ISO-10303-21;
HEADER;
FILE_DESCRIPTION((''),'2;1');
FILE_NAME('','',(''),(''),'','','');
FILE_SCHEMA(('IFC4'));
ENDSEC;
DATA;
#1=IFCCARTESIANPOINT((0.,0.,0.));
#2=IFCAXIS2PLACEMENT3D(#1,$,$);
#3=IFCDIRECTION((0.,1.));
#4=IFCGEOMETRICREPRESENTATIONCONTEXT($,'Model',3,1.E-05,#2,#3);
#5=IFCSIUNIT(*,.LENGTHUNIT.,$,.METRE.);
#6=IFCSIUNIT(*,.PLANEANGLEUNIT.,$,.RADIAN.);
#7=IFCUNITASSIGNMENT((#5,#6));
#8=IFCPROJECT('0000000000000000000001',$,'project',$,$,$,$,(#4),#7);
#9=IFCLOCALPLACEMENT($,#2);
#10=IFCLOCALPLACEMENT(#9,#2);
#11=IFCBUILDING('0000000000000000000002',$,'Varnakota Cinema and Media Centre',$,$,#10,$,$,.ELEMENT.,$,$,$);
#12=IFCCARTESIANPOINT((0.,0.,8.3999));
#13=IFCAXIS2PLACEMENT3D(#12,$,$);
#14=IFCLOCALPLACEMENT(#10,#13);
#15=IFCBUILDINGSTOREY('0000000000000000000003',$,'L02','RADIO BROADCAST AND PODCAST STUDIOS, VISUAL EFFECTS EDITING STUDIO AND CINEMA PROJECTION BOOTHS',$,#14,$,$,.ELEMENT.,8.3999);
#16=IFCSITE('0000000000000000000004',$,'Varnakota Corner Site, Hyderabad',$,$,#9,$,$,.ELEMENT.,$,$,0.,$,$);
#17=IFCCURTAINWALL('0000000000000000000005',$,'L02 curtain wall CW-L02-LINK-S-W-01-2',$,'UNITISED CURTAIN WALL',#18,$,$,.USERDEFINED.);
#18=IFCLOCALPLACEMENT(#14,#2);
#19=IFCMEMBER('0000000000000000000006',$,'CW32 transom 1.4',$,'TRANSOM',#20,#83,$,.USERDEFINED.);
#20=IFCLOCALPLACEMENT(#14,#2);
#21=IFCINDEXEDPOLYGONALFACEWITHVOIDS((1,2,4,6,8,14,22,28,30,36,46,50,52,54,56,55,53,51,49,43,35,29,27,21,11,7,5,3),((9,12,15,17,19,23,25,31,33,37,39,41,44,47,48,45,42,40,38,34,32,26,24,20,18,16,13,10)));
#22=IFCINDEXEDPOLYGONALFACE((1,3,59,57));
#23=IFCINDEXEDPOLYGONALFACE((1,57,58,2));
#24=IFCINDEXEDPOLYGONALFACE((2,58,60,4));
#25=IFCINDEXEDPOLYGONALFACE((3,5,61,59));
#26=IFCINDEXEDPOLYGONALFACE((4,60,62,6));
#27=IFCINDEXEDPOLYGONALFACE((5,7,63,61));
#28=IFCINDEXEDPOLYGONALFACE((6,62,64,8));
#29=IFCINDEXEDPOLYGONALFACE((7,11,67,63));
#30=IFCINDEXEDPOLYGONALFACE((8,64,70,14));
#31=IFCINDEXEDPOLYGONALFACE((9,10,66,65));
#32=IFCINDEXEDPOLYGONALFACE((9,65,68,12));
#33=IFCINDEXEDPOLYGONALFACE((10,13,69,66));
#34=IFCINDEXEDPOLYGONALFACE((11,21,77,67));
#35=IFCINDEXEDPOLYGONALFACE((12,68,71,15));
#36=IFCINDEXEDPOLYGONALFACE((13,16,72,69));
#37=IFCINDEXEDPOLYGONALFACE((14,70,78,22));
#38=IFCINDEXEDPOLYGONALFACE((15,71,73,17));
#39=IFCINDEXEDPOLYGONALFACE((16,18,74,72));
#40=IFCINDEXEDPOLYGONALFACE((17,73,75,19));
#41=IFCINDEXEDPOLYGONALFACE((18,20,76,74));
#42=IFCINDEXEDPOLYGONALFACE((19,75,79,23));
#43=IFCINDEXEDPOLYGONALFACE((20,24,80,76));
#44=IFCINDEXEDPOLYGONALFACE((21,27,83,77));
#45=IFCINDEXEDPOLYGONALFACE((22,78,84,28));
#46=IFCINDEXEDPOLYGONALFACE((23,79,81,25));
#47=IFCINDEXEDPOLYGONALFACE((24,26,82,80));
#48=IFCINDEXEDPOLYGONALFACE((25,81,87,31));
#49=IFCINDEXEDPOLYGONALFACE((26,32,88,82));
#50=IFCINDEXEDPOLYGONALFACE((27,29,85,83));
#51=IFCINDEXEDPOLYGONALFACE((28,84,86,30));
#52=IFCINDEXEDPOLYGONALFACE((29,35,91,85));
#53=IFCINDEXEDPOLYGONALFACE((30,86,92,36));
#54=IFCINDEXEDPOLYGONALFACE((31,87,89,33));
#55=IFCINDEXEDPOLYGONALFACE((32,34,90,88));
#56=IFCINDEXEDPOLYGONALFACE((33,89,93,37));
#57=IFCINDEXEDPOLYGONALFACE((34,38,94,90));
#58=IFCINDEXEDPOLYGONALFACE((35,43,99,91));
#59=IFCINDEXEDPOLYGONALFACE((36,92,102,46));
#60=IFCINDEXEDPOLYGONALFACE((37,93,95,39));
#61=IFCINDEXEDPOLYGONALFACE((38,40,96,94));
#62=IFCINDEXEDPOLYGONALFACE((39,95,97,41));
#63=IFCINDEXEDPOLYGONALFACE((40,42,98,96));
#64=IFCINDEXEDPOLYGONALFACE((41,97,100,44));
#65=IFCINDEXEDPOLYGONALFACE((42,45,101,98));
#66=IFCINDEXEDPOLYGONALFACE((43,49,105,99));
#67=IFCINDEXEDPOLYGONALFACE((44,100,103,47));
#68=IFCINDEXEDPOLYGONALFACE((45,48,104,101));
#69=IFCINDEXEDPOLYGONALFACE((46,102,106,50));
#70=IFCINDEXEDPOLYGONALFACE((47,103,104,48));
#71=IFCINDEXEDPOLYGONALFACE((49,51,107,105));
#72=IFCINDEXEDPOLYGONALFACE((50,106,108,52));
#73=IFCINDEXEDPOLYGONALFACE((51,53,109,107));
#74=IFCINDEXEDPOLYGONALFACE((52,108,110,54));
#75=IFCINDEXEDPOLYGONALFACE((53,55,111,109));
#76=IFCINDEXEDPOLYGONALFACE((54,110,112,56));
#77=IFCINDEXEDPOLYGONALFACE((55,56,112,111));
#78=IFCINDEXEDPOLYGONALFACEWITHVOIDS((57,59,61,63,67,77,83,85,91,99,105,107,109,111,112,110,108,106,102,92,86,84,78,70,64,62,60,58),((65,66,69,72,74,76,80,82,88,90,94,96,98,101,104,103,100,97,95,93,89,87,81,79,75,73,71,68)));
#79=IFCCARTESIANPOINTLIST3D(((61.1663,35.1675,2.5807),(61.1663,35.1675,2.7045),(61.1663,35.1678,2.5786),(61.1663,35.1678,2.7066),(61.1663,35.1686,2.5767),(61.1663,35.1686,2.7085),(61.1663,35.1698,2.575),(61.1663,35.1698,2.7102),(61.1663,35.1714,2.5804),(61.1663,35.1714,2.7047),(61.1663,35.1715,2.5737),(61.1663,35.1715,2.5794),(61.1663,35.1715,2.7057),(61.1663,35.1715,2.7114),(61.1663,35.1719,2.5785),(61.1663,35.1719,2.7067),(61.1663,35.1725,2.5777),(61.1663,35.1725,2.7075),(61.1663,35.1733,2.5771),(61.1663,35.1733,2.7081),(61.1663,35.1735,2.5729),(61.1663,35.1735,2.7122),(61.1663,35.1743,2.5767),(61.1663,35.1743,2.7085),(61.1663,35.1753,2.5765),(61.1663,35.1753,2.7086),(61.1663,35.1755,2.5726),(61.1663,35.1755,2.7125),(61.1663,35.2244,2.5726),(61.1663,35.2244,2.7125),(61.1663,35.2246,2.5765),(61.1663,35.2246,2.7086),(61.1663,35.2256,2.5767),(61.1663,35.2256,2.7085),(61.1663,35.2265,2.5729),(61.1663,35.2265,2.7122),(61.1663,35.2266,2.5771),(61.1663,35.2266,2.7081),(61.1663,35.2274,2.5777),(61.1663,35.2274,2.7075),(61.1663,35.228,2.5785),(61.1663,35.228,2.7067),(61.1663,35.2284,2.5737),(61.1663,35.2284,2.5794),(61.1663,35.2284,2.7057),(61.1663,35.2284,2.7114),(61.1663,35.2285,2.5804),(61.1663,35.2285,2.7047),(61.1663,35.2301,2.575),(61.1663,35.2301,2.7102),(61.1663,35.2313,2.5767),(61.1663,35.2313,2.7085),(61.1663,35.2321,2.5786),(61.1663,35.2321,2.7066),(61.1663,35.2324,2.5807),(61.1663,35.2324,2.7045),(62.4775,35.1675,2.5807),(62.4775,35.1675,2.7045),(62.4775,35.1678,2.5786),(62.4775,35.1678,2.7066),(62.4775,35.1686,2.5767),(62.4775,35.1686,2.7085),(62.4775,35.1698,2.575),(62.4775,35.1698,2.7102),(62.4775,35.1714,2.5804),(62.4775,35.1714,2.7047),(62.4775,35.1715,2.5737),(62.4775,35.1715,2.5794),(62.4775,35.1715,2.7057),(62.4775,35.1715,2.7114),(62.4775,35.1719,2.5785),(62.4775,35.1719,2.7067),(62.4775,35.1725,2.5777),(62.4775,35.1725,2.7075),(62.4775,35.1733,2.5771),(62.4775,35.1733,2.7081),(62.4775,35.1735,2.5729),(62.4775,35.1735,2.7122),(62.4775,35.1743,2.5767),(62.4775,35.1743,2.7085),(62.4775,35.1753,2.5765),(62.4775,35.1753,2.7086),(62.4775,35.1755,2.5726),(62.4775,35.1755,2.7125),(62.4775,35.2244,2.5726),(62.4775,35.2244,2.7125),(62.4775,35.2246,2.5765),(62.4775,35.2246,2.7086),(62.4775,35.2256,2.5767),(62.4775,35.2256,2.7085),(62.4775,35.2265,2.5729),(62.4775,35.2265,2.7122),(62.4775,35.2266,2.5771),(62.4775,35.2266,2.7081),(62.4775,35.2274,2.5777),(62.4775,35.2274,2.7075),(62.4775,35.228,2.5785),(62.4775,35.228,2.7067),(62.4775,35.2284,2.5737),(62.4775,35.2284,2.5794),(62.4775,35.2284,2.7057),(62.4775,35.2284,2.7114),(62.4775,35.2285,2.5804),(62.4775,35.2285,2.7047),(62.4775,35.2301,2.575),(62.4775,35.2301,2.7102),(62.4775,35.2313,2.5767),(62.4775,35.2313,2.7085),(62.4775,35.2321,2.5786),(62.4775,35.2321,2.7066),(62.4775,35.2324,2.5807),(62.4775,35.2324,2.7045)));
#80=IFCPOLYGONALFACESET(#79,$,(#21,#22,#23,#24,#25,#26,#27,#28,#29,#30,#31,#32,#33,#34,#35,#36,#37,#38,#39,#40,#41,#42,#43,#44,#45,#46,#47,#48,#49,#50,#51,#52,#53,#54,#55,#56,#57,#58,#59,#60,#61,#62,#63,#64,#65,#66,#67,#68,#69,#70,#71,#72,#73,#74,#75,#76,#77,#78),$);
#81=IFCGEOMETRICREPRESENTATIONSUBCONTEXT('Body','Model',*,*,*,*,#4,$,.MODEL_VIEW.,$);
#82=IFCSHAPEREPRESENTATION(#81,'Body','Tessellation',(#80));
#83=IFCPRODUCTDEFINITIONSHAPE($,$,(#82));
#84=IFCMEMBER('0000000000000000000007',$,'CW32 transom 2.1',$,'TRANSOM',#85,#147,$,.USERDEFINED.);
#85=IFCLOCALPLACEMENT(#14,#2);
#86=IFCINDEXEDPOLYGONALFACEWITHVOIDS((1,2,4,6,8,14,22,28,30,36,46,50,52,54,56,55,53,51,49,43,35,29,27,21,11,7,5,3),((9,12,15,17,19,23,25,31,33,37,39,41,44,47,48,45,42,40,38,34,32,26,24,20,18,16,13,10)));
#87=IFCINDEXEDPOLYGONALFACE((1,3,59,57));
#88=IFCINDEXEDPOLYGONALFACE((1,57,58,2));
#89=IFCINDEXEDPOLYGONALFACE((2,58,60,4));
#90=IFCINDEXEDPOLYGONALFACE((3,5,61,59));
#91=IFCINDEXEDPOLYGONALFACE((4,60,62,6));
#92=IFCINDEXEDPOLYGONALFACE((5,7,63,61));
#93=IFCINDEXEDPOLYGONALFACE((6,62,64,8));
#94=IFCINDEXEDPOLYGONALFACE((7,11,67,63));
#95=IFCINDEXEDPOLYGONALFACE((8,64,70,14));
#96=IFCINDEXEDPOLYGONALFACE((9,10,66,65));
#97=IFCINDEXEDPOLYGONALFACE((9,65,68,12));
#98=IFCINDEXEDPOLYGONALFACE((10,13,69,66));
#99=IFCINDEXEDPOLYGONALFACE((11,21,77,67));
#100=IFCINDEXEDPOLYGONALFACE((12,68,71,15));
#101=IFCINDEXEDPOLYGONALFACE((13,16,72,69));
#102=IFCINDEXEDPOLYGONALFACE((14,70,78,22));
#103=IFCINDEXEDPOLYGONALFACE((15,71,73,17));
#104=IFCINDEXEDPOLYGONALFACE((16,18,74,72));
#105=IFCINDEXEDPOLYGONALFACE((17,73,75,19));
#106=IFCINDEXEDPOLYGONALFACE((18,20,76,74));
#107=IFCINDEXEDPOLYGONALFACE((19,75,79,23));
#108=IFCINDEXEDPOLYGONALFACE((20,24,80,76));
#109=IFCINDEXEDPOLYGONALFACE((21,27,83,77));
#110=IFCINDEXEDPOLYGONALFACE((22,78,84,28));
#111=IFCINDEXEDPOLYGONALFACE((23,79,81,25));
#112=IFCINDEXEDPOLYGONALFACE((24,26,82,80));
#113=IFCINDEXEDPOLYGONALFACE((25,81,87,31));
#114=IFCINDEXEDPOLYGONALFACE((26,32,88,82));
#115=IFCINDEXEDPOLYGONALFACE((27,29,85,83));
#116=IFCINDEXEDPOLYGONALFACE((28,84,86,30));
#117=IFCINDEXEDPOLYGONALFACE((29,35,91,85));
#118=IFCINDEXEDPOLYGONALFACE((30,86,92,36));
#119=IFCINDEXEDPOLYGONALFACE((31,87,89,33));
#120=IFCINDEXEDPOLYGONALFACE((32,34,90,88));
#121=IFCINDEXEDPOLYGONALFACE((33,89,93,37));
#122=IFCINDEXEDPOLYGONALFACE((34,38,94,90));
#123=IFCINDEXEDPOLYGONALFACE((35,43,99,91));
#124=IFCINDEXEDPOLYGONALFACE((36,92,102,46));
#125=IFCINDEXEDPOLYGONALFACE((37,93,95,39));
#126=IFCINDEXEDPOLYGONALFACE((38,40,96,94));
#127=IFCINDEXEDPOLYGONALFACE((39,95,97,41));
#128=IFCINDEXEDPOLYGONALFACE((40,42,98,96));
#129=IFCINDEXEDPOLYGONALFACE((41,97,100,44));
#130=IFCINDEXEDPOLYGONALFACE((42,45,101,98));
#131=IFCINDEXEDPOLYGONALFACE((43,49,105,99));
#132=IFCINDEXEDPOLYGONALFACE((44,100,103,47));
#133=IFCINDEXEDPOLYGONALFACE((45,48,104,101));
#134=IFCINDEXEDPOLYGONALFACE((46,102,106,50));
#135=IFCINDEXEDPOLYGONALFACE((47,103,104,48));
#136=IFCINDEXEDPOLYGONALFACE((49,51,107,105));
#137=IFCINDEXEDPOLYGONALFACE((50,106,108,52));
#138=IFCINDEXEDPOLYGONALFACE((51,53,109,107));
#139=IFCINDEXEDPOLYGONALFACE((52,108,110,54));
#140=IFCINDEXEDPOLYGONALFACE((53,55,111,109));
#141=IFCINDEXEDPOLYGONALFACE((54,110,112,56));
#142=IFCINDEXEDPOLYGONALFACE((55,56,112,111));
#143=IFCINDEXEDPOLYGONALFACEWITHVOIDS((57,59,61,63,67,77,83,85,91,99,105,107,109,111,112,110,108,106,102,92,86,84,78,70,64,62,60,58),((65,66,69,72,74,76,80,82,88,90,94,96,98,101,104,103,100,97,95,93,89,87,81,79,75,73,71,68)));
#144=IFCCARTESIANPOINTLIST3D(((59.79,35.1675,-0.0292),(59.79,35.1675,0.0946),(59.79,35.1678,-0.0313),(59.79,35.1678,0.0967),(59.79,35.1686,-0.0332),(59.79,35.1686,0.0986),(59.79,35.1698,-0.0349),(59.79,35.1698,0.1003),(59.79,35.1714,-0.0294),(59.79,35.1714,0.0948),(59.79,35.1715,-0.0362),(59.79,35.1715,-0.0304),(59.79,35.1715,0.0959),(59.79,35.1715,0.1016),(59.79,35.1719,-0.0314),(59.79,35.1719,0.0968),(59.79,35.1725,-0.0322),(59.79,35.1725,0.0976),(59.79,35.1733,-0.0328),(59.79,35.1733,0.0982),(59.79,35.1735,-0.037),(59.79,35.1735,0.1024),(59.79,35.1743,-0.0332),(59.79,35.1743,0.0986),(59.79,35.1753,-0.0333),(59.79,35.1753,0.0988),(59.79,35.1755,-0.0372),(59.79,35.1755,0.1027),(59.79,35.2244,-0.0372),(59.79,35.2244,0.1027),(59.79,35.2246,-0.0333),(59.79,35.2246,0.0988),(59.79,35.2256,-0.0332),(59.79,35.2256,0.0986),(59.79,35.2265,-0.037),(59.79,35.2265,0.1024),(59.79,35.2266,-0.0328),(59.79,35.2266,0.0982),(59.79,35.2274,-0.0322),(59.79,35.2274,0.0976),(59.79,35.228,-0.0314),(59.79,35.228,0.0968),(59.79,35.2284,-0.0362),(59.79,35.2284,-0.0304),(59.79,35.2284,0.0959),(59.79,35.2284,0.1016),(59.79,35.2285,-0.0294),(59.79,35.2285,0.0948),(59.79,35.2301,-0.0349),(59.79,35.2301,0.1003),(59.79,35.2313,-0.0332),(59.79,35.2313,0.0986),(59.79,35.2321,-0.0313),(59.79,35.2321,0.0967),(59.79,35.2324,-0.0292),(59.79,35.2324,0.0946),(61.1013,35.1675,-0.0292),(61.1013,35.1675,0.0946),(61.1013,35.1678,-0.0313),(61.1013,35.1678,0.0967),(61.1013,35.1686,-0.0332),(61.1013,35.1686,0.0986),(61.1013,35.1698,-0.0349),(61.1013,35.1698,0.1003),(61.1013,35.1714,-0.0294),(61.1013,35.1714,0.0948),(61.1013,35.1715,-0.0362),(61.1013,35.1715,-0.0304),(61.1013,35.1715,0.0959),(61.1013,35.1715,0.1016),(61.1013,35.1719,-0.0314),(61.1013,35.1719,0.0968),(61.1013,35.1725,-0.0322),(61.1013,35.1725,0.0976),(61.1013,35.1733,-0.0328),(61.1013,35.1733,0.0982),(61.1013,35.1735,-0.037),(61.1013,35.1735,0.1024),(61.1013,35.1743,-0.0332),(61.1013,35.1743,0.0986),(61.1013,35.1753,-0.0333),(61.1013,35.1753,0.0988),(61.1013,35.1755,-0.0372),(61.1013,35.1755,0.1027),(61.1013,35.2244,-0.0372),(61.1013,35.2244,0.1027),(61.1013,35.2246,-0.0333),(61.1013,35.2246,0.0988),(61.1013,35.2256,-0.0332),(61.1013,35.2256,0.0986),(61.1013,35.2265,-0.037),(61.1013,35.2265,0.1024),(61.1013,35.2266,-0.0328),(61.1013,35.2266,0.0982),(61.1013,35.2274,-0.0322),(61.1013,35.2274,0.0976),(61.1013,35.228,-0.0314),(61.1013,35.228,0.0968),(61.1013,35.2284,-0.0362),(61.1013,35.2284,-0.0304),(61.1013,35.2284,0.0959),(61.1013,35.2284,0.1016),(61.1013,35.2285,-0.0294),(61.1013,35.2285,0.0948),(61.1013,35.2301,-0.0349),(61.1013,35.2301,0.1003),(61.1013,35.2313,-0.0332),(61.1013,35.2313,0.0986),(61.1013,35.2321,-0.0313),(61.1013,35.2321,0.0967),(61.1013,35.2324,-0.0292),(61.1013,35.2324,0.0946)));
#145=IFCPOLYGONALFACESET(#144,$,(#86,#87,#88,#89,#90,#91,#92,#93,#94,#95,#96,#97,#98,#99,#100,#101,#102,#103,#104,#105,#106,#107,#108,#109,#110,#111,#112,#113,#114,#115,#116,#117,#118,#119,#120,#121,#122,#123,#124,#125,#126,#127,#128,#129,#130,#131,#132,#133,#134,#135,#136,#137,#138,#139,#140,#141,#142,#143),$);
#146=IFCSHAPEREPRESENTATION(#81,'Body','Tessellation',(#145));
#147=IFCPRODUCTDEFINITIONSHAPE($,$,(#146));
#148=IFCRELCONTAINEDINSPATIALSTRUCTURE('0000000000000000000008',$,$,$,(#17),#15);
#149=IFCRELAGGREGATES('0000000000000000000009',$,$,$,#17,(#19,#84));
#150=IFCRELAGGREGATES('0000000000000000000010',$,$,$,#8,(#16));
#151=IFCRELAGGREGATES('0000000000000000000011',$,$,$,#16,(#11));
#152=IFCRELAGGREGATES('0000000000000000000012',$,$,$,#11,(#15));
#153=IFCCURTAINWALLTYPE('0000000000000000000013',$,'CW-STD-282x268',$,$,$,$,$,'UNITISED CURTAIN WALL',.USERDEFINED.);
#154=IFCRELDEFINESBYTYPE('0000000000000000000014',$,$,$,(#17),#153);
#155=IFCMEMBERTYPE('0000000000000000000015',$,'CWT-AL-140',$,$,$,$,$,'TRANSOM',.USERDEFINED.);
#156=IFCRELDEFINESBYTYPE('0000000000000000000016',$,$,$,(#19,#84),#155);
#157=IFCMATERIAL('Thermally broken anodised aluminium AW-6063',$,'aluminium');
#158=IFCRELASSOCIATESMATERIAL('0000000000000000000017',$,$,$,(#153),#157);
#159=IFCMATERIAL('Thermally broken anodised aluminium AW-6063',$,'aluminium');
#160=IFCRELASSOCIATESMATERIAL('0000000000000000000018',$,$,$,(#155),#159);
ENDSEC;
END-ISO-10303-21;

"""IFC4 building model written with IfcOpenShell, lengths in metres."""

from ifc_helpers import new_model, si_unit, direction, frame, origin, origin_2d, place, context, subcontext, project, spatial, hollow_rectangle, extrude, material, material_profile, profile_set, type_object, element, aggregate, save


model = new_model("IFC4")

# Units and contexts
model_context = context("Model", 3, precision=1e-05, world=origin(), true_north=direction((0.0, 1.0)))
body_context = subcontext(model_context, "Body", "Model", "MODEL_VIEW")
ifc_project = project(units=[si_unit("LENGTHUNIT", "METRE"), si_unit("PLANEANGLEUNIT", "RADIAN")], contexts=[model_context])

# Site, building, storey
site_placement = place(None, origin())
site = spatial("IfcSite", under=ifc_project, at=site_placement, Name="Varnakota Corner Site, Hyderabad", CompositionType="ELEMENT", RefElevation=0.0)
building_placement = place(site_placement, origin())
building = spatial("IfcBuilding", under=site, at=building_placement, Name="Varnakota Cinema and Media Centre", CompositionType="ELEMENT")
storey_placement = place(building_placement, frame((0.0, 0.0, 8.3999)))
storey = spatial("IfcBuildingStorey", under=building, at=storey_placement, Name="L02", Description="RADIO BROADCAST AND PODCAST STUDIOS, VISUAL EFFECTS EDITING STUDIO AND CINEMA PROJECTION BOOTHS", CompositionType="ELEMENT", Elevation=8.3999)

# Shared definitions
ifc_material_1 = material(Name="Thermally broken anodised aluminium AW-6063", Category="aluminium")
curtain_wall_type_1 = type_object("IfcCurtainWallType", Name="CW-STD-282x268", ElementType="UNITISED CURTAIN WALL", PredefinedType="USERDEFINED", material=ifc_material_1)

# Curtain wall
curtain_wall_1_placement = place(storey_placement, origin())
curtain_wall_1 = element("IfcCurtainWall", 1, at=curtain_wall_1_placement, inside=storey, type_object=curtain_wall_type_1, Name="L02 curtain wall CW-L02-LINK-S-W-01-2", ObjectType="UNITISED CURTAIN WALL", PredefinedType="USERDEFINED")

# Members
ifc_material_2 = material(Name="Thermally broken anodised aluminium AW-6063", Category="aluminium")
ifc_material_profile_1 = material_profile(ifc_material_2, hollow_rectangle(XDim=0.0649, YDim=0.1399, WallThickness=0.0039, InnerFilletRadius=0.0039, OuterFilletRadius=0.0081, at=origin_2d()), Name="AL-TRANSOM 140x65x4")
ifc_profile_set_1 = profile_set([ifc_material_profile_1], Name="Thermally broken anodised aluminium AW-6063")
member_type_1 = type_object("IfcMemberType", Name="CWT-AL-140", ElementType="TRANSOM", PredefinedType="USERDEFINED", material=ifc_profile_set_1)
member_1_placement = place(storey_placement, frame((62.4775, 35.2, 2.6426), z_axis=(-1.0, 0.0, 0.0), x_axis=(0.0, -1.0, 0.0)))
member_1 = element("IfcMember", 2, at=member_1_placement, type_object=member_type_1, Name="CW32 transom 1.4", ObjectType="TRANSOM", PredefinedType="USERDEFINED", context=body_context, shape_type="SweptSolid", body=[
    extrude(hollow_rectangle(XDim=0.0649, YDim=0.1399, WallThickness=0.0039, InnerFilletRadius=0.0039, OuterFilletRadius=0.0081, at=origin_2d()), origin(), (0.0, 0.0, 1.0), 1.3113),
])
member_2_placement = place(storey_placement, frame((61.1013, 35.2, 0.0327), z_axis=(-1.0, 0.0, 0.0), x_axis=(0.0, -1.0, 0.0)))
member_2 = element("IfcMember", 3, at=member_2_placement, type_object=member_type_1, Name="CW32 transom 2.1", ObjectType="TRANSOM", PredefinedType="USERDEFINED", context=body_context, shape_type="SweptSolid", body=[
    extrude(hollow_rectangle(XDim=0.0649, YDim=0.1399, WallThickness=0.0039, InnerFilletRadius=0.0039, OuterFilletRadius=0.0081, at=origin_2d()), origin(), (0.0, 0.0, 1.0), 1.3113),
])

aggregate(curtain_wall_1, [member_1, member_2])

save(model, "model.ifc")
